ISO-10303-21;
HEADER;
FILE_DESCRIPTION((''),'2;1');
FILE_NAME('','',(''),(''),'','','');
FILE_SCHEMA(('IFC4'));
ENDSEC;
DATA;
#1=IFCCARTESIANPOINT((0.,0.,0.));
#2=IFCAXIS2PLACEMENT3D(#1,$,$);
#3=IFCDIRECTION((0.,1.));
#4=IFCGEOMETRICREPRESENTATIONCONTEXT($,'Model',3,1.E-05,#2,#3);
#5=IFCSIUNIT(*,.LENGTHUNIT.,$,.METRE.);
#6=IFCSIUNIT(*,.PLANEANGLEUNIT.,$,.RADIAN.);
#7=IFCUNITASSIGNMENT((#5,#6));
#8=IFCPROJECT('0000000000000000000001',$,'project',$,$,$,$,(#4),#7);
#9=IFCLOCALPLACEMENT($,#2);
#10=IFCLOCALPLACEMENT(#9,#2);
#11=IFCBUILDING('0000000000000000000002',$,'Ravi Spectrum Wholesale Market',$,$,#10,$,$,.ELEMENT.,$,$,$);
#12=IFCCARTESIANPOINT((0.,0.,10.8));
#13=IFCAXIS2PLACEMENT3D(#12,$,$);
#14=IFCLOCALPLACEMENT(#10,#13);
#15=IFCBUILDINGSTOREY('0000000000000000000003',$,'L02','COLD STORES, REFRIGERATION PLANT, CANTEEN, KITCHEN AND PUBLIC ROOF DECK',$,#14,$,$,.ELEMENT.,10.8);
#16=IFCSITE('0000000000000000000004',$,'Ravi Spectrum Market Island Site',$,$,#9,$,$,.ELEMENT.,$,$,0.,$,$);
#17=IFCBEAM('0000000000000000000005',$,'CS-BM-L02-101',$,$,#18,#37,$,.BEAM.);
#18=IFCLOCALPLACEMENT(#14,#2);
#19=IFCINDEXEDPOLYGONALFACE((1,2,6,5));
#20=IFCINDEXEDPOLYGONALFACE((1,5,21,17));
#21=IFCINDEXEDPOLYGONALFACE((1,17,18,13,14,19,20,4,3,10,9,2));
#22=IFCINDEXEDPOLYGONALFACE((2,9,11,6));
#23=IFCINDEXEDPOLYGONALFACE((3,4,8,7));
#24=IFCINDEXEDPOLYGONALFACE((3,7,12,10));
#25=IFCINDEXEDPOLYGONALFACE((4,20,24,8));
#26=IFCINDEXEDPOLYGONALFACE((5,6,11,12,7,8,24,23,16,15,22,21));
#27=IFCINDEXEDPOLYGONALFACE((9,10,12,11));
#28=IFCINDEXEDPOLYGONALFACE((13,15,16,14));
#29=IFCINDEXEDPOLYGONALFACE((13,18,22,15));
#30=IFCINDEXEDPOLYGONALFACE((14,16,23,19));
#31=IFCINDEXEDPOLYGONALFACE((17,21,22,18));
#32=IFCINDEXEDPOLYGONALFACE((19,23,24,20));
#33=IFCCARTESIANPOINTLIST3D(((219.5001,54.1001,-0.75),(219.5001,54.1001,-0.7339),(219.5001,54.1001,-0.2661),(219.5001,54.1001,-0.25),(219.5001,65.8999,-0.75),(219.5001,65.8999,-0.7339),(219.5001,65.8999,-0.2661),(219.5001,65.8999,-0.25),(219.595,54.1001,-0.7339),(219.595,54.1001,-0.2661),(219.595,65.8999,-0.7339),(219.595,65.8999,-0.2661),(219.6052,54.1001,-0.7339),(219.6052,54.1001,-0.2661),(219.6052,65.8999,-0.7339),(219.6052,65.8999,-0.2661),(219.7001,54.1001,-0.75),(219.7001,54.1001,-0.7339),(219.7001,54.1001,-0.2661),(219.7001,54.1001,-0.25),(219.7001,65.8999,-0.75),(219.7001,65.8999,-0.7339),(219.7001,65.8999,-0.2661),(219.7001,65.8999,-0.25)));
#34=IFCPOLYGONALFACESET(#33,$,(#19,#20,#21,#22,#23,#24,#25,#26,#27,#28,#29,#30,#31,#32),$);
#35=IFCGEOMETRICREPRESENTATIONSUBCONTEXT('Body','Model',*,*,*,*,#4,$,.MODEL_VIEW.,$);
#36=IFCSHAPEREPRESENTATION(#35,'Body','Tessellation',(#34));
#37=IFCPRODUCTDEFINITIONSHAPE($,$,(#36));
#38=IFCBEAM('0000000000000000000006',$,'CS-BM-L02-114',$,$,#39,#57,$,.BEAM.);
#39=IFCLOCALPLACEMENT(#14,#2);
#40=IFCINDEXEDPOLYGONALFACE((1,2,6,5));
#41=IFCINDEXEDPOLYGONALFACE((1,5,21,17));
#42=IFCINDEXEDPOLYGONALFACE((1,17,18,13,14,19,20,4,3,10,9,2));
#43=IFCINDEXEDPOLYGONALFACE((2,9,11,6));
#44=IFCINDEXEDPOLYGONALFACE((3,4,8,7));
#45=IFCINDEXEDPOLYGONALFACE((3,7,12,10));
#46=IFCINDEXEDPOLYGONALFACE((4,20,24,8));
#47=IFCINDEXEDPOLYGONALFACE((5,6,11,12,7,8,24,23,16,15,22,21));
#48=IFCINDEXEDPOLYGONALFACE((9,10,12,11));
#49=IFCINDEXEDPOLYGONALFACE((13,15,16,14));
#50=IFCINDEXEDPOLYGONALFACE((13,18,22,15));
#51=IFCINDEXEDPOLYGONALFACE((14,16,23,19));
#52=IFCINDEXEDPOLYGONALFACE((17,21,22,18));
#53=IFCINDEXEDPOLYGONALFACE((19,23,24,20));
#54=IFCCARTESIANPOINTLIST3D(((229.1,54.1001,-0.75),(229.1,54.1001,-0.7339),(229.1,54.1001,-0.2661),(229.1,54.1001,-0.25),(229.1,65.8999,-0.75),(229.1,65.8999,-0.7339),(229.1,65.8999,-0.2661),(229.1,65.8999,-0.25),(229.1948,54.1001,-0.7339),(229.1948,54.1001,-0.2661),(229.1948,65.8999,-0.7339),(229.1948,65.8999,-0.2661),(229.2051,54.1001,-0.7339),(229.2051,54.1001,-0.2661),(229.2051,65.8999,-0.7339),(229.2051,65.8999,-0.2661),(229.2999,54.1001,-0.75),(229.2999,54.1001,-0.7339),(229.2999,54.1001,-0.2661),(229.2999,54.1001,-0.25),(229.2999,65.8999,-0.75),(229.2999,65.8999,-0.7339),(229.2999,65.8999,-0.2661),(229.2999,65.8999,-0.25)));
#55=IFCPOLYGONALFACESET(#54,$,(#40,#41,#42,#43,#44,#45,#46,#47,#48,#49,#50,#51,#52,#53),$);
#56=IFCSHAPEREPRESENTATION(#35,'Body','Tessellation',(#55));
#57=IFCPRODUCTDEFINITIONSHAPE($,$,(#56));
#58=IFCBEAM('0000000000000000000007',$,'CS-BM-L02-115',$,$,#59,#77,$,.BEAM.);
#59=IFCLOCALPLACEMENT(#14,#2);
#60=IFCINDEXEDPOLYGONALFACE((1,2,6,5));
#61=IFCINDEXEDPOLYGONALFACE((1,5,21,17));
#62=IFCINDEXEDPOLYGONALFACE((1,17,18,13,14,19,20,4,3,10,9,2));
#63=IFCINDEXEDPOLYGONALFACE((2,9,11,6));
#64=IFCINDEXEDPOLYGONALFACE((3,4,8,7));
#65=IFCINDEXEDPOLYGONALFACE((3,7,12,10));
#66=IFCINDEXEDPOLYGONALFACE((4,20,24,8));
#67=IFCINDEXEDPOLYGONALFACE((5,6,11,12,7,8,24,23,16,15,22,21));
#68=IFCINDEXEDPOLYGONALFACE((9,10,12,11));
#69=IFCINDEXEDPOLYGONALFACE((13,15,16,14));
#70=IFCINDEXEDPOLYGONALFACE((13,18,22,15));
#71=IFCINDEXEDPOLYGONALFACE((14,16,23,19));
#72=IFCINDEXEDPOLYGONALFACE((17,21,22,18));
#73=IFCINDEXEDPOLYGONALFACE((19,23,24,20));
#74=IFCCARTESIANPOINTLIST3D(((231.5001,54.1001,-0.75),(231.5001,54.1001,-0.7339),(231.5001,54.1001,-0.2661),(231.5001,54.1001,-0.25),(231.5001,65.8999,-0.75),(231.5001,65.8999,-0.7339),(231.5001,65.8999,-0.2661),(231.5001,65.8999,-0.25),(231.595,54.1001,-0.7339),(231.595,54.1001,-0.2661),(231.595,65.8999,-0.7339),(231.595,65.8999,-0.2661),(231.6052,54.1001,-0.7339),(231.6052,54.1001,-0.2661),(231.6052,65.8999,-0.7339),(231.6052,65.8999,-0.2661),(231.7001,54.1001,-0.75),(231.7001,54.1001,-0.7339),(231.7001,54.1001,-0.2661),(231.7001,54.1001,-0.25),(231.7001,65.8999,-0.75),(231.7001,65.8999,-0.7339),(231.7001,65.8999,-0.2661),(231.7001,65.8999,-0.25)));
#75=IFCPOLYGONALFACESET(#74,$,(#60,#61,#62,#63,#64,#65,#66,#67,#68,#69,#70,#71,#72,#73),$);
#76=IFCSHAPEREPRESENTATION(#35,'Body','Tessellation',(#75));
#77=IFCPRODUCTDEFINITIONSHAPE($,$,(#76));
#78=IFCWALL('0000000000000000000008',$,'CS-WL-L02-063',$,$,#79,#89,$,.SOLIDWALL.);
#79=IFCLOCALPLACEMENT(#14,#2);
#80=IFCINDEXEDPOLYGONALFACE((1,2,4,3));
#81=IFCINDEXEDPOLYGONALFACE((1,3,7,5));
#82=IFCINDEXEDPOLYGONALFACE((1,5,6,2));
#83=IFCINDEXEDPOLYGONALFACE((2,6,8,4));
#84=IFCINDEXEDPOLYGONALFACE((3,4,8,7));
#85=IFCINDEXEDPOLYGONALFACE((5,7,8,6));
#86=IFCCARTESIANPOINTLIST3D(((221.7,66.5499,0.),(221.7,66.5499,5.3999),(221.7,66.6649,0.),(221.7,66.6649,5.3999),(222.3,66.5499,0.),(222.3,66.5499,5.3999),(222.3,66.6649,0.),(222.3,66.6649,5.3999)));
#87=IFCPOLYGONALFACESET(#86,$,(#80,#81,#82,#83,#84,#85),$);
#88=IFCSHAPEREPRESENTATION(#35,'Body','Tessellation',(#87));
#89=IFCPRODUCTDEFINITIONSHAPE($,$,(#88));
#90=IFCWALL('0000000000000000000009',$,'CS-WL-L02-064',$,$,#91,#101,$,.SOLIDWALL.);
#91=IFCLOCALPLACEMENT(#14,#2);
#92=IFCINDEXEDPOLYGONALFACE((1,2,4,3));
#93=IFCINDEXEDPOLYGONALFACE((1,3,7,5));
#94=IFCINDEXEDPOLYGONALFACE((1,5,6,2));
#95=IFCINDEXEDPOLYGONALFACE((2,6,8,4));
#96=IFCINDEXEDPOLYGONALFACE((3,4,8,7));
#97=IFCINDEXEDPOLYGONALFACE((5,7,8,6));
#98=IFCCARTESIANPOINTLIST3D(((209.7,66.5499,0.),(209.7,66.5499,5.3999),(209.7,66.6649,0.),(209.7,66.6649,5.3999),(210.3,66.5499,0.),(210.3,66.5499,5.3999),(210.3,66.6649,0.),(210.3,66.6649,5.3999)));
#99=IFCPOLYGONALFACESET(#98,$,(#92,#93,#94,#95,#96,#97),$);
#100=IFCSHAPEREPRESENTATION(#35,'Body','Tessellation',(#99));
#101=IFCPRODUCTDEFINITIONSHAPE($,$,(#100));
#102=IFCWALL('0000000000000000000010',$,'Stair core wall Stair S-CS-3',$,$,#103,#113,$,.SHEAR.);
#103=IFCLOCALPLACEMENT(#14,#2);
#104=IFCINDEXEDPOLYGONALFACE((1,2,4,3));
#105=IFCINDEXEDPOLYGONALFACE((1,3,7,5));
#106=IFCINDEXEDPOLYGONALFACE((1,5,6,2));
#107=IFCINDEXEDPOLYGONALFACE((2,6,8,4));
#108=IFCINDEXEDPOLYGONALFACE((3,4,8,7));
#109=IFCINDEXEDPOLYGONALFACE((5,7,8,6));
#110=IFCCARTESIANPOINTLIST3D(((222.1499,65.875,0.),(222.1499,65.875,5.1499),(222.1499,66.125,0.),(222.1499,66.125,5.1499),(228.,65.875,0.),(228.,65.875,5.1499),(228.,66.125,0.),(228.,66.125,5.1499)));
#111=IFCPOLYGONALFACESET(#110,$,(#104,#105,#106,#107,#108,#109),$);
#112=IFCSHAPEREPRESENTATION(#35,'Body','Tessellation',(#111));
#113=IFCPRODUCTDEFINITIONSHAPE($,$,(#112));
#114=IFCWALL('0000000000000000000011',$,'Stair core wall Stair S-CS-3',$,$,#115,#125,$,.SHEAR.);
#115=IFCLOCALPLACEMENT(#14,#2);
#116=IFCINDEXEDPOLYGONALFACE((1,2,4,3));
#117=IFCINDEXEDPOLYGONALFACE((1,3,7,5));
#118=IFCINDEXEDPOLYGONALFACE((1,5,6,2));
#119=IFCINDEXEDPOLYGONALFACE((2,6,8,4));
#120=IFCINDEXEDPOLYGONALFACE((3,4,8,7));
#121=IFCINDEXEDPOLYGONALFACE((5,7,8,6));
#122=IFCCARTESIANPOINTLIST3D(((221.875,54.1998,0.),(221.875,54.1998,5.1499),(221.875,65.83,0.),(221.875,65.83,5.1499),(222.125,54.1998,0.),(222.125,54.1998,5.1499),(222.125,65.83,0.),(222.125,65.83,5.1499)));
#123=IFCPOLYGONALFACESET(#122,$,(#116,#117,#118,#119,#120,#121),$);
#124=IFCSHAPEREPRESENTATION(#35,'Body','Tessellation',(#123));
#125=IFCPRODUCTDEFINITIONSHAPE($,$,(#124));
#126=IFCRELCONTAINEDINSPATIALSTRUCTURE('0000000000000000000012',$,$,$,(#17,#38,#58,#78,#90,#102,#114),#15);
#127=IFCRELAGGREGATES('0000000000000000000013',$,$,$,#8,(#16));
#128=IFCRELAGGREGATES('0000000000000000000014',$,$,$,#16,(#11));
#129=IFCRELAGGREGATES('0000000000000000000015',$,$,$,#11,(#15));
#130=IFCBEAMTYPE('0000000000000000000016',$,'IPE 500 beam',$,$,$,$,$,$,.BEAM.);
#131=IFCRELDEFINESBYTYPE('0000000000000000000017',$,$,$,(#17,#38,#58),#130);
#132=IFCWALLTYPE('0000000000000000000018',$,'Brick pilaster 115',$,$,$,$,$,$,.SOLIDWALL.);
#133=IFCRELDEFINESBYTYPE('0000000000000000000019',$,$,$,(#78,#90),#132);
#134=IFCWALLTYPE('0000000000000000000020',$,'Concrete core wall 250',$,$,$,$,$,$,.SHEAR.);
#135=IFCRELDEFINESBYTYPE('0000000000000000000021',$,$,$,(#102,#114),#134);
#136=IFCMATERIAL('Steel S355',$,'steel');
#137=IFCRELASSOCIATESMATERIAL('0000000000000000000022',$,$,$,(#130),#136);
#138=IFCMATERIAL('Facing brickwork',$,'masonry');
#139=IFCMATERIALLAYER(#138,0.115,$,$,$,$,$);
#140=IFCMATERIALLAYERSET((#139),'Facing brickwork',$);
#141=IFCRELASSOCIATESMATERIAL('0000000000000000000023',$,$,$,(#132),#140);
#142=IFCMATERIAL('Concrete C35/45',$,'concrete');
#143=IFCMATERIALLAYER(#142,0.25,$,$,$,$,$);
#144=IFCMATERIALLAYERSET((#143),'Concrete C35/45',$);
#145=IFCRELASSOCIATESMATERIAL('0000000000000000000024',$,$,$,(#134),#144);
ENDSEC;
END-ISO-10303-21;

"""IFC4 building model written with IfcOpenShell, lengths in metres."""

from ifc_helpers import new_model, si_unit, direction, frame, frame_2d, origin, origin_2d, place, context, subcontext, project, spatial, rectangle, i_section, extrude, material, layer, layer_set, material_profile, profile_set, type_object, element, save


model = new_model("IFC4")

# Units and contexts
model_context = context("Model", 3, precision=1e-05, world=origin(), true_north=direction((0.0, 1.0)))
body_context = subcontext(model_context, "Body", "Model", "MODEL_VIEW")
ifc_project = project(units=[si_unit("LENGTHUNIT", "METRE"), si_unit("PLANEANGLEUNIT", "RADIAN")], contexts=[model_context])

# Site, building, storey
site_placement = place(None, origin())
site = spatial("IfcSite", under=ifc_project, at=site_placement, Name="Ravi Spectrum Market Island Site", CompositionType="ELEMENT", RefElevation=0.0)
building_placement = place(site_placement, origin())
building = spatial("IfcBuilding", under=site, at=building_placement, Name="Ravi Spectrum Wholesale Market", CompositionType="ELEMENT")
storey_placement = place(building_placement, frame((0.0, 0.0, 10.8)))
storey = spatial("IfcBuildingStorey", under=building, at=storey_placement, Name="L02", Description="COLD STORES, REFRIGERATION PLANT, CANTEEN, KITCHEN AND PUBLIC ROOF DECK", CompositionType="ELEMENT", Elevation=10.8)

# Beams
ifc_material_1 = material(Name="Steel S355", Category="steel")
ifc_material_profile_1 = material_profile(ifc_material_1, i_section(OverallWidth=0.2, OverallDepth=0.5, WebThickness=0.0103, FlangeThickness=0.0161, at=origin_2d()))
ifc_profile_set_1 = profile_set([ifc_material_profile_1], Name="Steel S355")
beam_type = type_object("IfcBeamType", Name="IPE 500 beam", PredefinedType="BEAM", material=ifc_profile_set_1)
for number, where, z_axis, x_axis, name in (
    (1, (219.6001, 54.1001, -0.5), (0.0, 1.0, 0.0), (-1.0, 0.0, 0.0), "CS-BM-L02-101"),
    (2, (229.2, 54.1001, -0.5), (0.0, 1.0, 0.0), (-1.0, 0.0, 0.0), "CS-BM-L02-114"),
    (3, (231.6001, 54.1001, -0.5), (0.0, 1.0, 0.0), (-1.0, 0.0, 0.0), "CS-BM-L02-115"),
):
    element("IfcBeam", number, at=place(storey_placement, frame(where, z_axis=z_axis, x_axis=x_axis)), inside=storey, type_object=beam_type, Name=name, PredefinedType="BEAM", context=body_context, shape_type="SweptSolid", body=[
        extrude(i_section(OverallWidth=0.2, OverallDepth=0.5, WebThickness=0.0103, FlangeThickness=0.0161, at=origin_2d()), origin(), (0.0, 0.0, 1.0), 11.7998),
    ])

# Walls
ifc_material_2 = material(Name="Facing brickwork", Category="masonry")
ifc_layer_1 = layer(ifc_material_2, 0.115)
ifc_layer_set_1 = layer_set([ifc_layer_1], Name="Facing brickwork")
wall_type_1 = type_object("IfcWallType", Name="Brick pilaster 115", PredefinedType="SOLIDWALL", material=ifc_layer_set_1)
for number, where, z_axis, x_axis, name in (
    (4, (222.3, 66.6074, 0.0), (0.0, 0.0, 1.0), (-1.0, 0.0, 0.0), "CS-WL-L02-063"),
    (5, (210.3, 66.6074, 0.0), (0.0, 0.0, 1.0), (-1.0, 0.0, 0.0), "CS-WL-L02-064"),
):
    element("IfcWall", number, at=place(storey_placement, frame(where, z_axis=z_axis, x_axis=x_axis)), inside=storey, type_object=wall_type_1, Name=name, PredefinedType="SOLIDWALL", context=body_context, shape_type="SweptSolid", body=[
        extrude(rectangle(XDim=0.6001, YDim=0.115, at=frame_2d((0.3, 0.0))), origin(), (0.0, 0.0, 1.0), 5.3999),
    ])
ifc_material_3 = material(Name="Concrete C35/45", Category="concrete")
ifc_layer_2 = layer(ifc_material_3, 0.25)
ifc_layer_set_2 = layer_set([ifc_layer_2], Name="Concrete C35/45")
wall_type_2 = type_object("IfcWallType", Name="Concrete core wall 250", PredefinedType="SHEAR", material=ifc_layer_set_2)
wall_1_placement = place(storey_placement, frame((222.1499, 66.0, 0.0), z_axis=(0.0, 0.0, 1.0), x_axis=(1.0, 0.0, 0.0)))
element("IfcWall", 6, at=wall_1_placement, inside=storey, type_object=wall_type_2, Name="Stair core wall Stair S-CS-3", PredefinedType="SHEAR", context=body_context, shape_type="SweptSolid", body=[
    extrude(rectangle(XDim=5.8501, YDim=0.25, at=frame_2d((2.925, 0.0))), origin(), (0.0, 0.0, 1.0), 5.1499),
])
wall_2_placement = place(storey_placement, frame((222.0, 54.2, 0.0), z_axis=(0.0, 0.0, 1.0), x_axis=(0.0, 1.0, 0.0)))
element("IfcWall", 7, at=wall_2_placement, inside=storey, type_object=wall_type_2, Name="Stair core wall Stair S-CS-3", PredefinedType="SHEAR", context=body_context, shape_type="SweptSolid", body=[
    extrude(rectangle(XDim=11.6301, YDim=0.25, at=frame_2d((5.8149, 0.0))), origin(), (0.0, 0.0, 1.0), 5.1499),
])

save(model, "model.ifc")
